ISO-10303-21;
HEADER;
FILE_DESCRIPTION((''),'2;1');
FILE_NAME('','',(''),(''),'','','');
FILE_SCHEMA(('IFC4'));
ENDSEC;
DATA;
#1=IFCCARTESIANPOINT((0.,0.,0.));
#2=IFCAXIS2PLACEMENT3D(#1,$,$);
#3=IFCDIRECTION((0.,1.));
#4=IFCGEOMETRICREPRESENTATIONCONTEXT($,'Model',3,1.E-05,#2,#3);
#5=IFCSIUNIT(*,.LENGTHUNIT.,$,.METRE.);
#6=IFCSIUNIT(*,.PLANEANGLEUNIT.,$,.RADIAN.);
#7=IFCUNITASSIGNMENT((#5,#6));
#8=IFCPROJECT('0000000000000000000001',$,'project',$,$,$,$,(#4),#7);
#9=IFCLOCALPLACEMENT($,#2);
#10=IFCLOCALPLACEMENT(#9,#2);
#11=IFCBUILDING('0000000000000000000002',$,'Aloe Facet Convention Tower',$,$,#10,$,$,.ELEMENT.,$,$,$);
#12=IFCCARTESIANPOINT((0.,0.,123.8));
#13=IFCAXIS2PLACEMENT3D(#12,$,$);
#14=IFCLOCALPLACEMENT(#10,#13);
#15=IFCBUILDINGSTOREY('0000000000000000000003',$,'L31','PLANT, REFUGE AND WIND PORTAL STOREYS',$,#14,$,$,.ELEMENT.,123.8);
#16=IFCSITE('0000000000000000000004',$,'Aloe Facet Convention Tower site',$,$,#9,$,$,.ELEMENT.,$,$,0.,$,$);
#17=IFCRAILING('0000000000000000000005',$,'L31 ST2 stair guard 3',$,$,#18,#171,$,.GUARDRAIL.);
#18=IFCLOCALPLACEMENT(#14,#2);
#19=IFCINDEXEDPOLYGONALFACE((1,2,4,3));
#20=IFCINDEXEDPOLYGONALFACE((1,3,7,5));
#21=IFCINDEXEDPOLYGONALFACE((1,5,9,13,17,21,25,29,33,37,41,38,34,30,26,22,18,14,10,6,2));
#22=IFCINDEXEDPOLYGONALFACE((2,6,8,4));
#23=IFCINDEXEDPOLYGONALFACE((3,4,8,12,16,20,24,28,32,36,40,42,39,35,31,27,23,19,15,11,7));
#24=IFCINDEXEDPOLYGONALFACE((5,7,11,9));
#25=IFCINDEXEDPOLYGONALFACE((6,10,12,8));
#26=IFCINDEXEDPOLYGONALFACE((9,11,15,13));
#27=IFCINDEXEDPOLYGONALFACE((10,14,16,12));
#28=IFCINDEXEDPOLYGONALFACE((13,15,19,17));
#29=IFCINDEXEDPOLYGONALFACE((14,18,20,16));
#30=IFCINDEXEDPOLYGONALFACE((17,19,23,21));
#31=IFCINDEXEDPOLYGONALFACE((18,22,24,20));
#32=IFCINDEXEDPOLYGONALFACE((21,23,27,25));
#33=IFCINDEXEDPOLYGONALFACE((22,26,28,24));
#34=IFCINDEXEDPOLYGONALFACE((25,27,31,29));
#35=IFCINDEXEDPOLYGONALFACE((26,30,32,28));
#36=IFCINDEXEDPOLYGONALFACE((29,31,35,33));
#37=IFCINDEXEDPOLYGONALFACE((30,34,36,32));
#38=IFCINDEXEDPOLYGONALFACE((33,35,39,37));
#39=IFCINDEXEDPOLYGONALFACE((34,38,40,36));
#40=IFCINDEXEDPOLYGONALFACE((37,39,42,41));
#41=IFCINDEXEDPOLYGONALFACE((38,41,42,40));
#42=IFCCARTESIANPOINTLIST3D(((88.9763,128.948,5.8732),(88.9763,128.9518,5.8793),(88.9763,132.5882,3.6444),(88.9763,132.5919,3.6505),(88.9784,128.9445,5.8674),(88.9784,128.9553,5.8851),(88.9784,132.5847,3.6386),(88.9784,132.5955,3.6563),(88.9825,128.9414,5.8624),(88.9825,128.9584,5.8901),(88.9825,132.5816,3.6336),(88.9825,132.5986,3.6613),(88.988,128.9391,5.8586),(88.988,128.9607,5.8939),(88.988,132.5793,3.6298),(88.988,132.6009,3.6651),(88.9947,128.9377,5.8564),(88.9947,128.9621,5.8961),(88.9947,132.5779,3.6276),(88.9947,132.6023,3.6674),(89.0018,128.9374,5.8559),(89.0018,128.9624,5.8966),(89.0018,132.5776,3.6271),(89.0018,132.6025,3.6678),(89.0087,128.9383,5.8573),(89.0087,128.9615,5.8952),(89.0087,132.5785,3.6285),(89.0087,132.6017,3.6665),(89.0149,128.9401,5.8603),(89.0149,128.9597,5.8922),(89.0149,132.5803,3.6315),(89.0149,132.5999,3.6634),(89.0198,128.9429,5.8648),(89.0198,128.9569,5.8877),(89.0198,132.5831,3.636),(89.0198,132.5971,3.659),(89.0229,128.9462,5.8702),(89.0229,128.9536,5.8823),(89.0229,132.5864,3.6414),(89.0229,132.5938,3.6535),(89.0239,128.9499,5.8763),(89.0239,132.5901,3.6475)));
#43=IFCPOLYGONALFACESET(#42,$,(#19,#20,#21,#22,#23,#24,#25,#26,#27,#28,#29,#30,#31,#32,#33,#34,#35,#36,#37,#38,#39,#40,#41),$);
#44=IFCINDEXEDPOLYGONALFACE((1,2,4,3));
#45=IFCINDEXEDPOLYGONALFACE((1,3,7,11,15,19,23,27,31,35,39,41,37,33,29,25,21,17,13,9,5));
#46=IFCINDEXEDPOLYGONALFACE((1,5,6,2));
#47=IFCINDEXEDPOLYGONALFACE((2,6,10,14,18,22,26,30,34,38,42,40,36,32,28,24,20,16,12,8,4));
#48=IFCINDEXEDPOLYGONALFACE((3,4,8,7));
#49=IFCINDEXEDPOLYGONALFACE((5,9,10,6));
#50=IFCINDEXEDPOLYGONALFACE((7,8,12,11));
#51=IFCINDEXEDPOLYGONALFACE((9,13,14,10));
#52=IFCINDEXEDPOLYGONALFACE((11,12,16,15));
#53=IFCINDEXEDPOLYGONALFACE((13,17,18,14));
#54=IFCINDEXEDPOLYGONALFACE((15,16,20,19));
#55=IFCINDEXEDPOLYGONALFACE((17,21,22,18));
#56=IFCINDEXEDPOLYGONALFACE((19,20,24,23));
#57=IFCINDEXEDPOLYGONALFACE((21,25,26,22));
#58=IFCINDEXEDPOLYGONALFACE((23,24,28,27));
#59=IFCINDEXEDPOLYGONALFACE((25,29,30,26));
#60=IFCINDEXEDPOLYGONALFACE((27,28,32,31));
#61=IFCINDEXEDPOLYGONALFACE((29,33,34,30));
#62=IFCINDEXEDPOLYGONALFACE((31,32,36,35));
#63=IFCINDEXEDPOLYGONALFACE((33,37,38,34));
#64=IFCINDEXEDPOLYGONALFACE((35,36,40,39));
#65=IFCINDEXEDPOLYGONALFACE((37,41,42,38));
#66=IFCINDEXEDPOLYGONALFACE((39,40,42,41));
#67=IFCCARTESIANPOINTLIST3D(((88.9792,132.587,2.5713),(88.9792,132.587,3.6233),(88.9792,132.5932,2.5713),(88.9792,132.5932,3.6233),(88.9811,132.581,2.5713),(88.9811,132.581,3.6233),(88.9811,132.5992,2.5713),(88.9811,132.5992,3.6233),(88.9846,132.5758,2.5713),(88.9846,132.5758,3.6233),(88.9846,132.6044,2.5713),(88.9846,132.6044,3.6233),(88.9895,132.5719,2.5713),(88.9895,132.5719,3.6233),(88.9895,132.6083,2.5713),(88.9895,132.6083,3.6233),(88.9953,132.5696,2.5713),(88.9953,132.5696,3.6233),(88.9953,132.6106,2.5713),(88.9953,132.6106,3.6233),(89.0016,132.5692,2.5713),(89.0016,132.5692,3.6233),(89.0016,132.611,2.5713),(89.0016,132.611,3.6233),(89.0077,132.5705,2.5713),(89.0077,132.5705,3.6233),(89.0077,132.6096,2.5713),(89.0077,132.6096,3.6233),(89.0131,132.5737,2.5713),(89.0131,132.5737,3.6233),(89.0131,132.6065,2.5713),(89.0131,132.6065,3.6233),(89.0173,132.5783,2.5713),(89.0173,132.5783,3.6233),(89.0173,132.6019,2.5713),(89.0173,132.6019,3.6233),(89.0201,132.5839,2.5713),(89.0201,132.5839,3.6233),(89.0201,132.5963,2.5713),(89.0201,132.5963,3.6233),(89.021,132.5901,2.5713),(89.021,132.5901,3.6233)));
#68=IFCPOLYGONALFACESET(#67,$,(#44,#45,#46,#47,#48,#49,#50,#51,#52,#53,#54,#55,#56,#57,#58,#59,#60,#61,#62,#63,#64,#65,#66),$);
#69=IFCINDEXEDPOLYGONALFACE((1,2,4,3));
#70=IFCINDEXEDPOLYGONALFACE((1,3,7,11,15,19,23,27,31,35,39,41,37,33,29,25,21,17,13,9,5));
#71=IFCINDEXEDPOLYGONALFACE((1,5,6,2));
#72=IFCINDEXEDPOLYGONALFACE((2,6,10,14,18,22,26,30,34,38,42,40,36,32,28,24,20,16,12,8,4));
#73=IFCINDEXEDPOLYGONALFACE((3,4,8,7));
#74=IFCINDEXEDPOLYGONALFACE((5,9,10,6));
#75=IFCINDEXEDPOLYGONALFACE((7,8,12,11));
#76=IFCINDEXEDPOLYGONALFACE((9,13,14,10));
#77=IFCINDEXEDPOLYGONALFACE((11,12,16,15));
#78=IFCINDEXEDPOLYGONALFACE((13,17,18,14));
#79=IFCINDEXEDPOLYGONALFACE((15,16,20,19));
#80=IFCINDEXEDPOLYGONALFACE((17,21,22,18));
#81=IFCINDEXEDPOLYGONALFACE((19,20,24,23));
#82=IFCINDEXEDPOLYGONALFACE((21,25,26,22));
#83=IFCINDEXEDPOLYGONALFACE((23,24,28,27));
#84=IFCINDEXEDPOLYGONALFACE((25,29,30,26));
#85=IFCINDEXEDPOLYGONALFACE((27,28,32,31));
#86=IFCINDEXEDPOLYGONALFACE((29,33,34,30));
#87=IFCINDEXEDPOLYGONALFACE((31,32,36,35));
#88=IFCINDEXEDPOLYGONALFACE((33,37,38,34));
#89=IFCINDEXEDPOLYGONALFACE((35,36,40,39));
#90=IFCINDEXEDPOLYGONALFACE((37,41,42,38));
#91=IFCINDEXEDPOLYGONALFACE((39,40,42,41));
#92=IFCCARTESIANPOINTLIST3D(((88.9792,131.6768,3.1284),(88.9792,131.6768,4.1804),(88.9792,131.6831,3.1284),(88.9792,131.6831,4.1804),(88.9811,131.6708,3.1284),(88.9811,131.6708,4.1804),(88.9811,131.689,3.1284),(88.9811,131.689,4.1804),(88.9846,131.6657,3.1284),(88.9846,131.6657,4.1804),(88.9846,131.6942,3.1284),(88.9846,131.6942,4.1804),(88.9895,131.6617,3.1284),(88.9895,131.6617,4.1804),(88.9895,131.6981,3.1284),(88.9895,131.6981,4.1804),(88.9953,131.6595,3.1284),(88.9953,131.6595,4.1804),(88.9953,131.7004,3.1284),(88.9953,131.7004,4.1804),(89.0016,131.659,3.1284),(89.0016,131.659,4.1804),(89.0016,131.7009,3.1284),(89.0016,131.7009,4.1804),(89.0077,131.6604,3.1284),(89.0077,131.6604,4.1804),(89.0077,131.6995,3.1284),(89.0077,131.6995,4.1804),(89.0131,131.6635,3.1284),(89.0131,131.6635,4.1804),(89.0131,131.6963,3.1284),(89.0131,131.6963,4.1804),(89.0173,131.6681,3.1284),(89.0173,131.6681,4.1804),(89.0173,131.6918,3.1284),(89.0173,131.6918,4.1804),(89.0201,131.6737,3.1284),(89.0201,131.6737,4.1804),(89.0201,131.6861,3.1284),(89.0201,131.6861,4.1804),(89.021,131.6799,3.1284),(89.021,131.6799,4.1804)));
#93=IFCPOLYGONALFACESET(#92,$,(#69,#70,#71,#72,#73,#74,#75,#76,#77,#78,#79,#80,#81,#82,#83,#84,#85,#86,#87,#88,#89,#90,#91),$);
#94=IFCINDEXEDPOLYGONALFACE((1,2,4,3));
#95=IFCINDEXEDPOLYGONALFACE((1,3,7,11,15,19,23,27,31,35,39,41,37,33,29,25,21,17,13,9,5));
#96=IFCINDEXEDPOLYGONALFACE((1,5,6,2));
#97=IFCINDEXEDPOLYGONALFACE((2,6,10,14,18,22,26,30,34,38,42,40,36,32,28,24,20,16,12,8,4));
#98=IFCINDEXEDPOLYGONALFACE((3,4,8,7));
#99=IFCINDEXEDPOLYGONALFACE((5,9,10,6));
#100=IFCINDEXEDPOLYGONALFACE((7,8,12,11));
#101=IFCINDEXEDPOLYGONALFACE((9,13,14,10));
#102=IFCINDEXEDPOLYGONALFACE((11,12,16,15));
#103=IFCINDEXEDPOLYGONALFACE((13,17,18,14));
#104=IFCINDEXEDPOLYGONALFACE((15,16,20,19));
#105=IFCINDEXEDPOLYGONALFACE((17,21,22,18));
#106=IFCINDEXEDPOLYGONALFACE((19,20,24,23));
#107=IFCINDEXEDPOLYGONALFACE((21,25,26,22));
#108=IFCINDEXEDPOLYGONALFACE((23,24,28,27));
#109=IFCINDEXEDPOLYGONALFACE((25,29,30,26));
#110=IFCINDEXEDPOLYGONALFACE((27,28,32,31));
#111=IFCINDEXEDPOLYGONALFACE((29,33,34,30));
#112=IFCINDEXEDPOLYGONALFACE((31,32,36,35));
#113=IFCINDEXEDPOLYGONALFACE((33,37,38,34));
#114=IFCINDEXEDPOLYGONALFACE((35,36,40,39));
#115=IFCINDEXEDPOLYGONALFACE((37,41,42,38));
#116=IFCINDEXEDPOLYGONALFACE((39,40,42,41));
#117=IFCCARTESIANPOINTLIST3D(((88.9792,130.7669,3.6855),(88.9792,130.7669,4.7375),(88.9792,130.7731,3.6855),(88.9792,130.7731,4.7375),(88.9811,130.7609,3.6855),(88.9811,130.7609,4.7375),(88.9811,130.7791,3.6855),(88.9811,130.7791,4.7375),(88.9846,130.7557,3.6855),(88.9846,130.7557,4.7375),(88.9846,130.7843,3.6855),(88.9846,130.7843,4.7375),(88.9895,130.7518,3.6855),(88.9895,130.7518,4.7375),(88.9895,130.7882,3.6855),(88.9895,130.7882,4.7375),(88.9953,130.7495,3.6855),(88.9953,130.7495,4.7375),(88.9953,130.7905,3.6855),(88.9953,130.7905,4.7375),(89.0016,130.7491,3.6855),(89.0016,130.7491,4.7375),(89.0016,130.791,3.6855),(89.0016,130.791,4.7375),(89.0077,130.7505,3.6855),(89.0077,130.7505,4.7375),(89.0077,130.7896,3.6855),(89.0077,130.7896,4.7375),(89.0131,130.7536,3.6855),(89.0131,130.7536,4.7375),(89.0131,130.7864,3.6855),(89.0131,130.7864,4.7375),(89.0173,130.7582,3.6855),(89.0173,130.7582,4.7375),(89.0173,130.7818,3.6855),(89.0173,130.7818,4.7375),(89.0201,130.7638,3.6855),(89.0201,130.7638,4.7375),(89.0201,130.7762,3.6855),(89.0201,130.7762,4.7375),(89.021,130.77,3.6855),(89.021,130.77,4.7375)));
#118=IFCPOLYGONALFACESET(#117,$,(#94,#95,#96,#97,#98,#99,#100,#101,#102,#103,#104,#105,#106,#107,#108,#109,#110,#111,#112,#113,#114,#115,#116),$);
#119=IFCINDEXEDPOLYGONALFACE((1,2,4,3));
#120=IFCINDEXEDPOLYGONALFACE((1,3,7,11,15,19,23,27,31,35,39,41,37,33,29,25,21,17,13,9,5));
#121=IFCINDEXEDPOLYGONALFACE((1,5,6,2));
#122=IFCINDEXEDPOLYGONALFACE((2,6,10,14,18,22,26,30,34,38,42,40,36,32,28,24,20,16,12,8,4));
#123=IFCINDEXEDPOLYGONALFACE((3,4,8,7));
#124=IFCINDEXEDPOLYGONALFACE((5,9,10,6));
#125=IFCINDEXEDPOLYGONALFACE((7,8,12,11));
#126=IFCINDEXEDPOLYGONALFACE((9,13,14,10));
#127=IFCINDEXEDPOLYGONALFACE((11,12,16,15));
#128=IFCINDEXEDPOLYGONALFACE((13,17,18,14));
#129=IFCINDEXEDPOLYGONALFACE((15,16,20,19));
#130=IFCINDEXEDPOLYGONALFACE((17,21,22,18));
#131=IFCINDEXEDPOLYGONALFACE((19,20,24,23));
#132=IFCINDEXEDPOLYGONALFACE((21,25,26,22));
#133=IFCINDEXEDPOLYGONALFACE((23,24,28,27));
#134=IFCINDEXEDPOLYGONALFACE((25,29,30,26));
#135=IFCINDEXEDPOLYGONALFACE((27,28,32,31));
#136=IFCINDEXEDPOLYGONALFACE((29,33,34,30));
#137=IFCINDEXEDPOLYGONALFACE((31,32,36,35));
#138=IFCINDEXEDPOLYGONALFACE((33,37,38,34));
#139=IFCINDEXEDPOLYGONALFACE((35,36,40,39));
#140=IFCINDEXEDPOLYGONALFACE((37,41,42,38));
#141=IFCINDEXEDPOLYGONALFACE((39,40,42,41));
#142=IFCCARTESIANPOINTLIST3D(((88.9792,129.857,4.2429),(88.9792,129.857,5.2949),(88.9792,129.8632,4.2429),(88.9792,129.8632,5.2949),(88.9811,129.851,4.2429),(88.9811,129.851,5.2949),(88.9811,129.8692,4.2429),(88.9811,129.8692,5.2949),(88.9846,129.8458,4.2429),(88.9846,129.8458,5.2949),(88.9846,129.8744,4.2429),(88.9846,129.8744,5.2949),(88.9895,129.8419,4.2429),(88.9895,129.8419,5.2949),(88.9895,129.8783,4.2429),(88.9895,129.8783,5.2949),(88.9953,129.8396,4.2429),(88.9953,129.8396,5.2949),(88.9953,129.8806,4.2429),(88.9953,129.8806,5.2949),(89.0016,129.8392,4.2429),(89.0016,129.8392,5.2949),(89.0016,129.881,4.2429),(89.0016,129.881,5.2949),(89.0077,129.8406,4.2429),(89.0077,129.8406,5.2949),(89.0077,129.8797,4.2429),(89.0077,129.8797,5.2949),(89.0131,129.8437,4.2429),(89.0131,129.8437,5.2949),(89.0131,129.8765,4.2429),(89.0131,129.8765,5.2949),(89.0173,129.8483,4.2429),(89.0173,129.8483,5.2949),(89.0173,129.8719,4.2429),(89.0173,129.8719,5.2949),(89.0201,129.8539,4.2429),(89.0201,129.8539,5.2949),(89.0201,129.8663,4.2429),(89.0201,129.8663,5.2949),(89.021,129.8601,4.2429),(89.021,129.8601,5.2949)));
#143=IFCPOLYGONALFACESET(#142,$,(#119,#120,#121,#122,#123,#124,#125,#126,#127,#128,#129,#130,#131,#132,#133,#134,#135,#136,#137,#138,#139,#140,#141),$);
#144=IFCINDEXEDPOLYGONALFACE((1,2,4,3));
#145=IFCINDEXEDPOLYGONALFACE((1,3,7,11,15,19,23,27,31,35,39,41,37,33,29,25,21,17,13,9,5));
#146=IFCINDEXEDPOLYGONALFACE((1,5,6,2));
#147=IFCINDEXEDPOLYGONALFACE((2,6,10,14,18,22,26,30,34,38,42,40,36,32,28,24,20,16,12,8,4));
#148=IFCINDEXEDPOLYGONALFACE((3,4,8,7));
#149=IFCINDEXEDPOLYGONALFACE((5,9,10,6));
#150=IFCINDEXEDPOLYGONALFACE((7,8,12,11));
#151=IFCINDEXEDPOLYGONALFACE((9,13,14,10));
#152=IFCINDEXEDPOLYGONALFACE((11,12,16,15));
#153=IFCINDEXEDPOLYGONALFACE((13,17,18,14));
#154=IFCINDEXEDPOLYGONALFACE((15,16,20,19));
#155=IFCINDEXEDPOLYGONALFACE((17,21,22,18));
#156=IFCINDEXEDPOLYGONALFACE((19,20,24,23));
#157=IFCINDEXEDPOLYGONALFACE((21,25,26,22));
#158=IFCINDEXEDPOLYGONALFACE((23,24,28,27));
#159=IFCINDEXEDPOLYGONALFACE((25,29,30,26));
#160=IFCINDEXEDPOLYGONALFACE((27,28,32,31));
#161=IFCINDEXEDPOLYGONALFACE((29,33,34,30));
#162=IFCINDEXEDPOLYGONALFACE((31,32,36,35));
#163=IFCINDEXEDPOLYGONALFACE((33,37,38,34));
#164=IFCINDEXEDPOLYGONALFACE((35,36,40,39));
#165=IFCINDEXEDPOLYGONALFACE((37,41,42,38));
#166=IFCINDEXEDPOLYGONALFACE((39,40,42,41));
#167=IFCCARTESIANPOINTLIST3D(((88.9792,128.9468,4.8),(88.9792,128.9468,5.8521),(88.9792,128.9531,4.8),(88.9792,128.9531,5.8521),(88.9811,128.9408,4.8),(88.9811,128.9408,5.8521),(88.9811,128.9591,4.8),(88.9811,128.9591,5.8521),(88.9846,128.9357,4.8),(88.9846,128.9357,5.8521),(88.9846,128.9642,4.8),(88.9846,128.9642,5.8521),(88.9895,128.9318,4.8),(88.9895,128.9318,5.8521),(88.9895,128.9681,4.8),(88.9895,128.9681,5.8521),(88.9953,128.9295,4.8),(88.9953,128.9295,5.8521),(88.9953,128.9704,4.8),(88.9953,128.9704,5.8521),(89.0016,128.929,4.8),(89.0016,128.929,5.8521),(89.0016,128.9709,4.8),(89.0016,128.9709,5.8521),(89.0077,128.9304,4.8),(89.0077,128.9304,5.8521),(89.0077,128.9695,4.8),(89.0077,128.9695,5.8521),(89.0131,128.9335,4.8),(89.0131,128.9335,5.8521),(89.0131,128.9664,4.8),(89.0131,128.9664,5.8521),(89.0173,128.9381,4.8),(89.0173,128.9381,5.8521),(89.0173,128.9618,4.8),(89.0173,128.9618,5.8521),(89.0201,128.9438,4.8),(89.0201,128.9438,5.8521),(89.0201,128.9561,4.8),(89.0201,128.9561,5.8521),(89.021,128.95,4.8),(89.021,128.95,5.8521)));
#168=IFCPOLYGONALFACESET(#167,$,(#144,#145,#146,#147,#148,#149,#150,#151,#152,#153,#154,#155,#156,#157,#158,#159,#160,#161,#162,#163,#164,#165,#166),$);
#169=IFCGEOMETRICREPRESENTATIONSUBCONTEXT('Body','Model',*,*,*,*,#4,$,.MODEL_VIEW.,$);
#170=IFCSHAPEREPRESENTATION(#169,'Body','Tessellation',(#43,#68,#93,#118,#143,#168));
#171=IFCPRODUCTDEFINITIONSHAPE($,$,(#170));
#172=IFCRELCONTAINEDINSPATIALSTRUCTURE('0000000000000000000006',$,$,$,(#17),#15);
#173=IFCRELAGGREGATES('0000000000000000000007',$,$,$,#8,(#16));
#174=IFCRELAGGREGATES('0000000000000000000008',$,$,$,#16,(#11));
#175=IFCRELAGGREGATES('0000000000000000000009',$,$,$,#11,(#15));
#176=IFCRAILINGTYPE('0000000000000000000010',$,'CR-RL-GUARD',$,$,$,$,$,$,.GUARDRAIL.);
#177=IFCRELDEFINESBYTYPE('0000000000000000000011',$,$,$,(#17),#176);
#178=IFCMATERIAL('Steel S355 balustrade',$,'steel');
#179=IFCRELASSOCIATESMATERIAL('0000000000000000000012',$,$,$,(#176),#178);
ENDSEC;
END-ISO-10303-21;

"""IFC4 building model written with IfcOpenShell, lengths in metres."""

from ifc_helpers import new_model, si_unit, direction, frame, origin, origin_2d, place, context, subcontext, project, spatial, circle, extrude, material, type_object, element, save


model = new_model("IFC4")

# Units and contexts
model_context = context("Model", 3, precision=1e-05, world=origin(), true_north=direction((0.0, 1.0)))
body_context = subcontext(model_context, "Body", "Model", "MODEL_VIEW")
ifc_project = project(units=[si_unit("LENGTHUNIT", "METRE"), si_unit("PLANEANGLEUNIT", "RADIAN")], contexts=[model_context])

# Site, building, storey
site_placement = place(None, origin())
site = spatial("IfcSite", under=ifc_project, at=site_placement, Name="Aloe Facet Convention Tower site", CompositionType="ELEMENT", RefElevation=0.0)
building_placement = place(site_placement, origin())
building = spatial("IfcBuilding", under=site, at=building_placement, Name="Aloe Facet Convention Tower", CompositionType="ELEMENT")
storey_placement = place(building_placement, frame((0.0, 0.0, 123.8)))
storey = spatial("IfcBuildingStorey", under=building, at=storey_placement, Name="L31", Description="PLANT, REFUGE AND WIND PORTAL STOREYS", CompositionType="ELEMENT", Elevation=123.8)

# Railing
ifc_material_1 = material(Name="Steel S355 balustrade", Category="steel")
railing_type_1 = type_object("IfcRailingType", Name="CR-RL-GUARD", PredefinedType="GUARDRAIL", material=ifc_material_1)
railing_1_placement = place(storey_placement, frame((89.0, 132.5901, 2.5713)))
element("IfcRailing", 1, at=railing_1_placement, inside=storey, type_object=railing_type_1, Name="L31 ST2 stair guard 3", PredefinedType="GUARDRAIL", context=body_context, shape_type="SweptSolid", body=[
    extrude(circle(Radius=0.0239, at=origin_2d()), frame((0.0, 0.0, 1.0762), z_axis=(0.0, -0.85284, 0.522172), x_axis=(1.0, 0.0, 0.0)), (0.0, 0.0, 1.0), 4.2683),
    extrude(circle(Radius=0.021, at=origin_2d()), origin(), (0.0, 0.0, 1.0), 1.052),
    extrude(circle(Radius=0.021, at=origin_2d()), frame((0.0, -0.9102, 0.5571)), (0.0, 0.0, 1.0), 1.052),
    extrude(circle(Radius=0.021, at=origin_2d()), frame((0.0, -1.8201, 1.1143)), (0.0, 0.0, 1.0), 1.052),
    extrude(circle(Radius=0.021, at=origin_2d()), frame((0.0, -2.73, 1.6716)), (0.0, 0.0, 1.0), 1.052),
    extrude(circle(Radius=0.021, at=origin_2d()), frame((0.0, -3.6401, 2.2288)), (0.0, 0.0, 1.0), 1.052),
])

save(model, "model.ifc")
